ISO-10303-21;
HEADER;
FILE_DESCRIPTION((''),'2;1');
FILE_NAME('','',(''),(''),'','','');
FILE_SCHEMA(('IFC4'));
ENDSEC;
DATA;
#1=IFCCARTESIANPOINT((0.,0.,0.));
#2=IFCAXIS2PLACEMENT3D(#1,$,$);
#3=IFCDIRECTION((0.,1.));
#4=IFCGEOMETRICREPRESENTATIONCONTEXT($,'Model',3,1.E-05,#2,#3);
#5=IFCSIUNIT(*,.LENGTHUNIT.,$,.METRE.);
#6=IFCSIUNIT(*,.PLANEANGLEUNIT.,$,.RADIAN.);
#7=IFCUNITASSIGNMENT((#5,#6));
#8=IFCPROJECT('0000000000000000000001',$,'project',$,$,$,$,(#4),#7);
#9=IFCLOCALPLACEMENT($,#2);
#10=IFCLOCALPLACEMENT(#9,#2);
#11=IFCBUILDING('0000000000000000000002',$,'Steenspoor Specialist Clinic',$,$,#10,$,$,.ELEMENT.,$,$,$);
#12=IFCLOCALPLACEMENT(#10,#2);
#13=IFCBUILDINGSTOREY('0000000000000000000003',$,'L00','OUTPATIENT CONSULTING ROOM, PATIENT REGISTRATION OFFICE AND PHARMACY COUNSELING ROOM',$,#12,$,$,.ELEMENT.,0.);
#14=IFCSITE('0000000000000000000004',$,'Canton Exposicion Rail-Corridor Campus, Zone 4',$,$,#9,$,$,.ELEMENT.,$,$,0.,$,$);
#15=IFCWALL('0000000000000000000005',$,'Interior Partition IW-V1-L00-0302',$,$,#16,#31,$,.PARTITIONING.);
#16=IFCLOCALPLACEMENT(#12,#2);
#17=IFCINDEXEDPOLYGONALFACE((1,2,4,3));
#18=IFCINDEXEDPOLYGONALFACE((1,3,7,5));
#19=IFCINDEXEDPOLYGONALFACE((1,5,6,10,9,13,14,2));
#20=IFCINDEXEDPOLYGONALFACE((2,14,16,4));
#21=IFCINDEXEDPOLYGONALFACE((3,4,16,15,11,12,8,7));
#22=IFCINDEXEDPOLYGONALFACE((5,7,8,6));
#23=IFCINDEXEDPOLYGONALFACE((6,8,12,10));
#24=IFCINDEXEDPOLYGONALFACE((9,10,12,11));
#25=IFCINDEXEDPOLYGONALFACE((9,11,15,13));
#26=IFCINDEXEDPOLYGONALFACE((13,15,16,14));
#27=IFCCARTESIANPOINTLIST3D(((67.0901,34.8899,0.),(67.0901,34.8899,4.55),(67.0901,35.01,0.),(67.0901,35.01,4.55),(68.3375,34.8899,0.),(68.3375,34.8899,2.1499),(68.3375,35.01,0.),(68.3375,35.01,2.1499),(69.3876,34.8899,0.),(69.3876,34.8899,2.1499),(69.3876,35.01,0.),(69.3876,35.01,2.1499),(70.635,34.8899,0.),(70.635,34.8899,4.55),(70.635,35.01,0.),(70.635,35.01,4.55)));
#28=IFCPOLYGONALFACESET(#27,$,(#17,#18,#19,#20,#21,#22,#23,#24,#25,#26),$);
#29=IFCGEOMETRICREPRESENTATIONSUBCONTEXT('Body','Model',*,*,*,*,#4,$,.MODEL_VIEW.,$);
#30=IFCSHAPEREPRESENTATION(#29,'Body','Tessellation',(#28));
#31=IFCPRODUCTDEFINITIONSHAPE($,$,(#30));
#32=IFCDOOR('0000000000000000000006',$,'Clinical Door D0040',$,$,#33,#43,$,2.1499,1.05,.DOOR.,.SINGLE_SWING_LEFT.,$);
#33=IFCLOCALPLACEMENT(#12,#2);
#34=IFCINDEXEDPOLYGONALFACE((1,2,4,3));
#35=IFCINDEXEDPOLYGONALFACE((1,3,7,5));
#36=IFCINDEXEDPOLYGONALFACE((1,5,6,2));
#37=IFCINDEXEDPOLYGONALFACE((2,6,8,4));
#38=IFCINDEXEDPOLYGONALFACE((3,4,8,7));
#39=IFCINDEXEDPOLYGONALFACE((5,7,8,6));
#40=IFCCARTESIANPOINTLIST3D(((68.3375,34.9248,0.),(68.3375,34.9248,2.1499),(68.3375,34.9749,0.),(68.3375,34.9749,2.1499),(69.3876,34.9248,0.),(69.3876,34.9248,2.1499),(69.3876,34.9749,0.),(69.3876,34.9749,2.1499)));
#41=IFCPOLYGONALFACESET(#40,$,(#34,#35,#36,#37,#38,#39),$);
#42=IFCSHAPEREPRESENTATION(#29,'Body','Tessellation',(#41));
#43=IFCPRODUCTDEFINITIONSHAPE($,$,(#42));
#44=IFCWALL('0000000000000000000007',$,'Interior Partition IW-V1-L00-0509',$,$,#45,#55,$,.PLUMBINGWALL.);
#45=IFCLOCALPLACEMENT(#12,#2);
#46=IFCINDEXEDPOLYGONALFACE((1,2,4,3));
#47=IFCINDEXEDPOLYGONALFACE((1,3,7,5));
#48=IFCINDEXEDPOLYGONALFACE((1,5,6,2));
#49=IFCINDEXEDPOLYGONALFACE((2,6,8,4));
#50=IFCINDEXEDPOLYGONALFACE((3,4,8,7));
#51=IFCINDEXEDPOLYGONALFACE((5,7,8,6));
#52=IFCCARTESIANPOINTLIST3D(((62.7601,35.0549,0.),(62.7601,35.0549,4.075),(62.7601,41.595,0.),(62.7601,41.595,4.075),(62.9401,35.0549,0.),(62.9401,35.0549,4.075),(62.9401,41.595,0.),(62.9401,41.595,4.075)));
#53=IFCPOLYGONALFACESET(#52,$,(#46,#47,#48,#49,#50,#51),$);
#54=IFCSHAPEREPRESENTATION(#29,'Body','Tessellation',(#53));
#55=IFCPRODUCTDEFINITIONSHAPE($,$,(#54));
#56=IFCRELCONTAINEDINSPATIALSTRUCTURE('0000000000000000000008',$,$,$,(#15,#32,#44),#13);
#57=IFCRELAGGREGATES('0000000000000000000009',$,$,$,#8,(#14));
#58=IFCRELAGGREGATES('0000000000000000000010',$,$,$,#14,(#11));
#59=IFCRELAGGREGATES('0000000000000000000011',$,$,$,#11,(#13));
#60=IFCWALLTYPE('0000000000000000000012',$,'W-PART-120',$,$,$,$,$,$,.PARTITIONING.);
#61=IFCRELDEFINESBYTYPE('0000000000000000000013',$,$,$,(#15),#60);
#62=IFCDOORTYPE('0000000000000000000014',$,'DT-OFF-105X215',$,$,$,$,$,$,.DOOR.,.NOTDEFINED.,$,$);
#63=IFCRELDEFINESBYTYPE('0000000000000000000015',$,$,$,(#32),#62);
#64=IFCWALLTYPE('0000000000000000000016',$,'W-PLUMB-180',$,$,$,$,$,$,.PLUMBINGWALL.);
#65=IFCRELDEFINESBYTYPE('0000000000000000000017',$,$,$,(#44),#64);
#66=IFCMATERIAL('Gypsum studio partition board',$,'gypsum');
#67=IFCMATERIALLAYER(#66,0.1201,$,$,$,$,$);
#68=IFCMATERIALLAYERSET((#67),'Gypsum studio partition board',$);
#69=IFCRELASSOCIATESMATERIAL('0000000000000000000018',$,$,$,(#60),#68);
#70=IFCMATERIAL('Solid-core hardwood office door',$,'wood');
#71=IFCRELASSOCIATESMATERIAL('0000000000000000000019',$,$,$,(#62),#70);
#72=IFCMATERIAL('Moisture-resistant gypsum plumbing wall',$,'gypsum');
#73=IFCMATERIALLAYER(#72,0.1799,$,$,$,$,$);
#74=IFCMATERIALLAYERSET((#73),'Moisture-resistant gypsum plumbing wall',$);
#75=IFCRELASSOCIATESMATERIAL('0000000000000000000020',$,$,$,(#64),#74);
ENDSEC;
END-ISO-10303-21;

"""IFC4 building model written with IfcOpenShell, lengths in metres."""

from ifc_helpers import new_model, si_unit, direction, frame, frame_2d, origin, place, context, subcontext, project, spatial, rectangle, extrude, material, layer, layer_set, type_object, element, fill, save


model = new_model("IFC4")

# Units and contexts
model_context = context("Model", 3, precision=1e-05, world=origin(), true_north=direction((0.0, 1.0)))
body_context = subcontext(model_context, "Body", "Model", "MODEL_VIEW")
ifc_project = project(units=[si_unit("LENGTHUNIT", "METRE"), si_unit("PLANEANGLEUNIT", "RADIAN")], contexts=[model_context])

# Site, building, storey
site_placement = place(None, origin())
site = spatial("IfcSite", under=ifc_project, at=site_placement, Name="Canton Exposicion Rail-Corridor Campus, Zone 4", CompositionType="ELEMENT", RefElevation=0.0)
building_placement = place(site_placement, origin())
building = spatial("IfcBuilding", under=site, at=building_placement, Name="Steenspoor Specialist Clinic", CompositionType="ELEMENT")
storey_placement = place(building_placement, origin())
storey = spatial("IfcBuildingStorey", under=building, at=storey_placement, Name="L00", Description="OUTPATIENT CONSULTING ROOM, PATIENT REGISTRATION OFFICE AND PHARMACY COUNSELING ROOM", CompositionType="ELEMENT", Elevation=0.0)

# Wall, opening, door
ifc_material_1 = material(Name="Gypsum studio partition board", Category="gypsum")
ifc_layer_1 = layer(ifc_material_1, 0.1201)
ifc_layer_set_1 = layer_set([ifc_layer_1], Name="Gypsum studio partition board")
wall_type_1 = type_object("IfcWallType", Name="W-PART-120", PredefinedType="PARTITIONING", material=ifc_layer_set_1)
wall_1_placement = place(storey_placement, frame((67.0901, 34.95, 0.0), z_axis=(0.0, 0.0, 1.0), x_axis=(1.0, 0.0, 0.0)))
wall_1 = element("IfcWall", 1, at=wall_1_placement, inside=storey, type_object=wall_type_1, Name="Interior Partition IW-V1-L00-0302", PredefinedType="PARTITIONING", context=body_context, shape_type="SweptSolid", body=[
    extrude(rectangle(XDim=3.5449, YDim=0.1201, at=frame_2d((1.7725, 0.0))), origin(), (0.0, 0.0, 1.0), 4.55),
])
opening_1_placement = place(wall_1_placement, frame((1.2476, 0.0, 0.0)))
opening_1 = element("IfcOpeningElement", 2, at=opening_1_placement, cuts=wall_1, PredefinedType="OPENING", context=body_context, shape_type="SweptSolid", body=[
    extrude(rectangle(XDim=1.05, YDim=2.1499, at=frame_2d((0.5249, 1.075))), frame((0.0, 0.0701, 0.0), z_axis=(0.0, -1.0, 0.0), x_axis=(1.0, 0.0, 0.0)), (0.0, 0.0, 1.0), 0.1401),
])
ifc_material_2 = material(Name="Solid-core hardwood office door", Category="wood")
door_type = type_object("IfcDoorType", Name="DT-OFF-105X215", OperationType="NOTDEFINED", PredefinedType="DOOR", material=ifc_material_2)
door_placement = place(opening_1_placement, origin())
door = element("IfcDoor", 3, at=door_placement, inside=storey, type_object=door_type, Name="Clinical Door D0040", OperationType="SINGLE_SWING_LEFT", OverallHeight=2.1499, OverallWidth=1.05, PredefinedType="DOOR", context=body_context, shape_type="SweptSolid", body=[
    extrude(rectangle(XDim=1.05, YDim=2.1499, at=frame_2d((0.5249, 1.075))), frame((0.0, 0.0249, 0.0), z_axis=(0.0, -1.0, 0.0), x_axis=(1.0, 0.0, 0.0)), (0.0, 0.0, 1.0), 0.05),
])
fill(opening_1, door)

# Wall
ifc_material_3 = material(Name="Moisture-resistant gypsum plumbing wall", Category="gypsum")
ifc_layer_2 = layer(ifc_material_3, 0.1799)
ifc_layer_set_2 = layer_set([ifc_layer_2], Name="Moisture-resistant gypsum plumbing wall")
wall_type_2 = type_object("IfcWallType", Name="W-PLUMB-180", PredefinedType="PLUMBINGWALL", material=ifc_layer_set_2)
wall_2_placement = place(storey_placement, frame((62.8501, 35.0549, 0.0), z_axis=(0.0, 0.0, 1.0), x_axis=(0.0, 1.0, 0.0)))
element("IfcWall", 4, at=wall_2_placement, inside=storey, type_object=wall_type_2, Name="Interior Partition IW-V1-L00-0509", PredefinedType="PLUMBINGWALL", context=body_context, shape_type="SweptSolid", body=[
    extrude(rectangle(XDim=6.54, YDim=0.1799, at=frame_2d((3.27, 0.0))), origin(), (0.0, 0.0, 1.0), 4.075),
])

save(model, "model.ifc")
